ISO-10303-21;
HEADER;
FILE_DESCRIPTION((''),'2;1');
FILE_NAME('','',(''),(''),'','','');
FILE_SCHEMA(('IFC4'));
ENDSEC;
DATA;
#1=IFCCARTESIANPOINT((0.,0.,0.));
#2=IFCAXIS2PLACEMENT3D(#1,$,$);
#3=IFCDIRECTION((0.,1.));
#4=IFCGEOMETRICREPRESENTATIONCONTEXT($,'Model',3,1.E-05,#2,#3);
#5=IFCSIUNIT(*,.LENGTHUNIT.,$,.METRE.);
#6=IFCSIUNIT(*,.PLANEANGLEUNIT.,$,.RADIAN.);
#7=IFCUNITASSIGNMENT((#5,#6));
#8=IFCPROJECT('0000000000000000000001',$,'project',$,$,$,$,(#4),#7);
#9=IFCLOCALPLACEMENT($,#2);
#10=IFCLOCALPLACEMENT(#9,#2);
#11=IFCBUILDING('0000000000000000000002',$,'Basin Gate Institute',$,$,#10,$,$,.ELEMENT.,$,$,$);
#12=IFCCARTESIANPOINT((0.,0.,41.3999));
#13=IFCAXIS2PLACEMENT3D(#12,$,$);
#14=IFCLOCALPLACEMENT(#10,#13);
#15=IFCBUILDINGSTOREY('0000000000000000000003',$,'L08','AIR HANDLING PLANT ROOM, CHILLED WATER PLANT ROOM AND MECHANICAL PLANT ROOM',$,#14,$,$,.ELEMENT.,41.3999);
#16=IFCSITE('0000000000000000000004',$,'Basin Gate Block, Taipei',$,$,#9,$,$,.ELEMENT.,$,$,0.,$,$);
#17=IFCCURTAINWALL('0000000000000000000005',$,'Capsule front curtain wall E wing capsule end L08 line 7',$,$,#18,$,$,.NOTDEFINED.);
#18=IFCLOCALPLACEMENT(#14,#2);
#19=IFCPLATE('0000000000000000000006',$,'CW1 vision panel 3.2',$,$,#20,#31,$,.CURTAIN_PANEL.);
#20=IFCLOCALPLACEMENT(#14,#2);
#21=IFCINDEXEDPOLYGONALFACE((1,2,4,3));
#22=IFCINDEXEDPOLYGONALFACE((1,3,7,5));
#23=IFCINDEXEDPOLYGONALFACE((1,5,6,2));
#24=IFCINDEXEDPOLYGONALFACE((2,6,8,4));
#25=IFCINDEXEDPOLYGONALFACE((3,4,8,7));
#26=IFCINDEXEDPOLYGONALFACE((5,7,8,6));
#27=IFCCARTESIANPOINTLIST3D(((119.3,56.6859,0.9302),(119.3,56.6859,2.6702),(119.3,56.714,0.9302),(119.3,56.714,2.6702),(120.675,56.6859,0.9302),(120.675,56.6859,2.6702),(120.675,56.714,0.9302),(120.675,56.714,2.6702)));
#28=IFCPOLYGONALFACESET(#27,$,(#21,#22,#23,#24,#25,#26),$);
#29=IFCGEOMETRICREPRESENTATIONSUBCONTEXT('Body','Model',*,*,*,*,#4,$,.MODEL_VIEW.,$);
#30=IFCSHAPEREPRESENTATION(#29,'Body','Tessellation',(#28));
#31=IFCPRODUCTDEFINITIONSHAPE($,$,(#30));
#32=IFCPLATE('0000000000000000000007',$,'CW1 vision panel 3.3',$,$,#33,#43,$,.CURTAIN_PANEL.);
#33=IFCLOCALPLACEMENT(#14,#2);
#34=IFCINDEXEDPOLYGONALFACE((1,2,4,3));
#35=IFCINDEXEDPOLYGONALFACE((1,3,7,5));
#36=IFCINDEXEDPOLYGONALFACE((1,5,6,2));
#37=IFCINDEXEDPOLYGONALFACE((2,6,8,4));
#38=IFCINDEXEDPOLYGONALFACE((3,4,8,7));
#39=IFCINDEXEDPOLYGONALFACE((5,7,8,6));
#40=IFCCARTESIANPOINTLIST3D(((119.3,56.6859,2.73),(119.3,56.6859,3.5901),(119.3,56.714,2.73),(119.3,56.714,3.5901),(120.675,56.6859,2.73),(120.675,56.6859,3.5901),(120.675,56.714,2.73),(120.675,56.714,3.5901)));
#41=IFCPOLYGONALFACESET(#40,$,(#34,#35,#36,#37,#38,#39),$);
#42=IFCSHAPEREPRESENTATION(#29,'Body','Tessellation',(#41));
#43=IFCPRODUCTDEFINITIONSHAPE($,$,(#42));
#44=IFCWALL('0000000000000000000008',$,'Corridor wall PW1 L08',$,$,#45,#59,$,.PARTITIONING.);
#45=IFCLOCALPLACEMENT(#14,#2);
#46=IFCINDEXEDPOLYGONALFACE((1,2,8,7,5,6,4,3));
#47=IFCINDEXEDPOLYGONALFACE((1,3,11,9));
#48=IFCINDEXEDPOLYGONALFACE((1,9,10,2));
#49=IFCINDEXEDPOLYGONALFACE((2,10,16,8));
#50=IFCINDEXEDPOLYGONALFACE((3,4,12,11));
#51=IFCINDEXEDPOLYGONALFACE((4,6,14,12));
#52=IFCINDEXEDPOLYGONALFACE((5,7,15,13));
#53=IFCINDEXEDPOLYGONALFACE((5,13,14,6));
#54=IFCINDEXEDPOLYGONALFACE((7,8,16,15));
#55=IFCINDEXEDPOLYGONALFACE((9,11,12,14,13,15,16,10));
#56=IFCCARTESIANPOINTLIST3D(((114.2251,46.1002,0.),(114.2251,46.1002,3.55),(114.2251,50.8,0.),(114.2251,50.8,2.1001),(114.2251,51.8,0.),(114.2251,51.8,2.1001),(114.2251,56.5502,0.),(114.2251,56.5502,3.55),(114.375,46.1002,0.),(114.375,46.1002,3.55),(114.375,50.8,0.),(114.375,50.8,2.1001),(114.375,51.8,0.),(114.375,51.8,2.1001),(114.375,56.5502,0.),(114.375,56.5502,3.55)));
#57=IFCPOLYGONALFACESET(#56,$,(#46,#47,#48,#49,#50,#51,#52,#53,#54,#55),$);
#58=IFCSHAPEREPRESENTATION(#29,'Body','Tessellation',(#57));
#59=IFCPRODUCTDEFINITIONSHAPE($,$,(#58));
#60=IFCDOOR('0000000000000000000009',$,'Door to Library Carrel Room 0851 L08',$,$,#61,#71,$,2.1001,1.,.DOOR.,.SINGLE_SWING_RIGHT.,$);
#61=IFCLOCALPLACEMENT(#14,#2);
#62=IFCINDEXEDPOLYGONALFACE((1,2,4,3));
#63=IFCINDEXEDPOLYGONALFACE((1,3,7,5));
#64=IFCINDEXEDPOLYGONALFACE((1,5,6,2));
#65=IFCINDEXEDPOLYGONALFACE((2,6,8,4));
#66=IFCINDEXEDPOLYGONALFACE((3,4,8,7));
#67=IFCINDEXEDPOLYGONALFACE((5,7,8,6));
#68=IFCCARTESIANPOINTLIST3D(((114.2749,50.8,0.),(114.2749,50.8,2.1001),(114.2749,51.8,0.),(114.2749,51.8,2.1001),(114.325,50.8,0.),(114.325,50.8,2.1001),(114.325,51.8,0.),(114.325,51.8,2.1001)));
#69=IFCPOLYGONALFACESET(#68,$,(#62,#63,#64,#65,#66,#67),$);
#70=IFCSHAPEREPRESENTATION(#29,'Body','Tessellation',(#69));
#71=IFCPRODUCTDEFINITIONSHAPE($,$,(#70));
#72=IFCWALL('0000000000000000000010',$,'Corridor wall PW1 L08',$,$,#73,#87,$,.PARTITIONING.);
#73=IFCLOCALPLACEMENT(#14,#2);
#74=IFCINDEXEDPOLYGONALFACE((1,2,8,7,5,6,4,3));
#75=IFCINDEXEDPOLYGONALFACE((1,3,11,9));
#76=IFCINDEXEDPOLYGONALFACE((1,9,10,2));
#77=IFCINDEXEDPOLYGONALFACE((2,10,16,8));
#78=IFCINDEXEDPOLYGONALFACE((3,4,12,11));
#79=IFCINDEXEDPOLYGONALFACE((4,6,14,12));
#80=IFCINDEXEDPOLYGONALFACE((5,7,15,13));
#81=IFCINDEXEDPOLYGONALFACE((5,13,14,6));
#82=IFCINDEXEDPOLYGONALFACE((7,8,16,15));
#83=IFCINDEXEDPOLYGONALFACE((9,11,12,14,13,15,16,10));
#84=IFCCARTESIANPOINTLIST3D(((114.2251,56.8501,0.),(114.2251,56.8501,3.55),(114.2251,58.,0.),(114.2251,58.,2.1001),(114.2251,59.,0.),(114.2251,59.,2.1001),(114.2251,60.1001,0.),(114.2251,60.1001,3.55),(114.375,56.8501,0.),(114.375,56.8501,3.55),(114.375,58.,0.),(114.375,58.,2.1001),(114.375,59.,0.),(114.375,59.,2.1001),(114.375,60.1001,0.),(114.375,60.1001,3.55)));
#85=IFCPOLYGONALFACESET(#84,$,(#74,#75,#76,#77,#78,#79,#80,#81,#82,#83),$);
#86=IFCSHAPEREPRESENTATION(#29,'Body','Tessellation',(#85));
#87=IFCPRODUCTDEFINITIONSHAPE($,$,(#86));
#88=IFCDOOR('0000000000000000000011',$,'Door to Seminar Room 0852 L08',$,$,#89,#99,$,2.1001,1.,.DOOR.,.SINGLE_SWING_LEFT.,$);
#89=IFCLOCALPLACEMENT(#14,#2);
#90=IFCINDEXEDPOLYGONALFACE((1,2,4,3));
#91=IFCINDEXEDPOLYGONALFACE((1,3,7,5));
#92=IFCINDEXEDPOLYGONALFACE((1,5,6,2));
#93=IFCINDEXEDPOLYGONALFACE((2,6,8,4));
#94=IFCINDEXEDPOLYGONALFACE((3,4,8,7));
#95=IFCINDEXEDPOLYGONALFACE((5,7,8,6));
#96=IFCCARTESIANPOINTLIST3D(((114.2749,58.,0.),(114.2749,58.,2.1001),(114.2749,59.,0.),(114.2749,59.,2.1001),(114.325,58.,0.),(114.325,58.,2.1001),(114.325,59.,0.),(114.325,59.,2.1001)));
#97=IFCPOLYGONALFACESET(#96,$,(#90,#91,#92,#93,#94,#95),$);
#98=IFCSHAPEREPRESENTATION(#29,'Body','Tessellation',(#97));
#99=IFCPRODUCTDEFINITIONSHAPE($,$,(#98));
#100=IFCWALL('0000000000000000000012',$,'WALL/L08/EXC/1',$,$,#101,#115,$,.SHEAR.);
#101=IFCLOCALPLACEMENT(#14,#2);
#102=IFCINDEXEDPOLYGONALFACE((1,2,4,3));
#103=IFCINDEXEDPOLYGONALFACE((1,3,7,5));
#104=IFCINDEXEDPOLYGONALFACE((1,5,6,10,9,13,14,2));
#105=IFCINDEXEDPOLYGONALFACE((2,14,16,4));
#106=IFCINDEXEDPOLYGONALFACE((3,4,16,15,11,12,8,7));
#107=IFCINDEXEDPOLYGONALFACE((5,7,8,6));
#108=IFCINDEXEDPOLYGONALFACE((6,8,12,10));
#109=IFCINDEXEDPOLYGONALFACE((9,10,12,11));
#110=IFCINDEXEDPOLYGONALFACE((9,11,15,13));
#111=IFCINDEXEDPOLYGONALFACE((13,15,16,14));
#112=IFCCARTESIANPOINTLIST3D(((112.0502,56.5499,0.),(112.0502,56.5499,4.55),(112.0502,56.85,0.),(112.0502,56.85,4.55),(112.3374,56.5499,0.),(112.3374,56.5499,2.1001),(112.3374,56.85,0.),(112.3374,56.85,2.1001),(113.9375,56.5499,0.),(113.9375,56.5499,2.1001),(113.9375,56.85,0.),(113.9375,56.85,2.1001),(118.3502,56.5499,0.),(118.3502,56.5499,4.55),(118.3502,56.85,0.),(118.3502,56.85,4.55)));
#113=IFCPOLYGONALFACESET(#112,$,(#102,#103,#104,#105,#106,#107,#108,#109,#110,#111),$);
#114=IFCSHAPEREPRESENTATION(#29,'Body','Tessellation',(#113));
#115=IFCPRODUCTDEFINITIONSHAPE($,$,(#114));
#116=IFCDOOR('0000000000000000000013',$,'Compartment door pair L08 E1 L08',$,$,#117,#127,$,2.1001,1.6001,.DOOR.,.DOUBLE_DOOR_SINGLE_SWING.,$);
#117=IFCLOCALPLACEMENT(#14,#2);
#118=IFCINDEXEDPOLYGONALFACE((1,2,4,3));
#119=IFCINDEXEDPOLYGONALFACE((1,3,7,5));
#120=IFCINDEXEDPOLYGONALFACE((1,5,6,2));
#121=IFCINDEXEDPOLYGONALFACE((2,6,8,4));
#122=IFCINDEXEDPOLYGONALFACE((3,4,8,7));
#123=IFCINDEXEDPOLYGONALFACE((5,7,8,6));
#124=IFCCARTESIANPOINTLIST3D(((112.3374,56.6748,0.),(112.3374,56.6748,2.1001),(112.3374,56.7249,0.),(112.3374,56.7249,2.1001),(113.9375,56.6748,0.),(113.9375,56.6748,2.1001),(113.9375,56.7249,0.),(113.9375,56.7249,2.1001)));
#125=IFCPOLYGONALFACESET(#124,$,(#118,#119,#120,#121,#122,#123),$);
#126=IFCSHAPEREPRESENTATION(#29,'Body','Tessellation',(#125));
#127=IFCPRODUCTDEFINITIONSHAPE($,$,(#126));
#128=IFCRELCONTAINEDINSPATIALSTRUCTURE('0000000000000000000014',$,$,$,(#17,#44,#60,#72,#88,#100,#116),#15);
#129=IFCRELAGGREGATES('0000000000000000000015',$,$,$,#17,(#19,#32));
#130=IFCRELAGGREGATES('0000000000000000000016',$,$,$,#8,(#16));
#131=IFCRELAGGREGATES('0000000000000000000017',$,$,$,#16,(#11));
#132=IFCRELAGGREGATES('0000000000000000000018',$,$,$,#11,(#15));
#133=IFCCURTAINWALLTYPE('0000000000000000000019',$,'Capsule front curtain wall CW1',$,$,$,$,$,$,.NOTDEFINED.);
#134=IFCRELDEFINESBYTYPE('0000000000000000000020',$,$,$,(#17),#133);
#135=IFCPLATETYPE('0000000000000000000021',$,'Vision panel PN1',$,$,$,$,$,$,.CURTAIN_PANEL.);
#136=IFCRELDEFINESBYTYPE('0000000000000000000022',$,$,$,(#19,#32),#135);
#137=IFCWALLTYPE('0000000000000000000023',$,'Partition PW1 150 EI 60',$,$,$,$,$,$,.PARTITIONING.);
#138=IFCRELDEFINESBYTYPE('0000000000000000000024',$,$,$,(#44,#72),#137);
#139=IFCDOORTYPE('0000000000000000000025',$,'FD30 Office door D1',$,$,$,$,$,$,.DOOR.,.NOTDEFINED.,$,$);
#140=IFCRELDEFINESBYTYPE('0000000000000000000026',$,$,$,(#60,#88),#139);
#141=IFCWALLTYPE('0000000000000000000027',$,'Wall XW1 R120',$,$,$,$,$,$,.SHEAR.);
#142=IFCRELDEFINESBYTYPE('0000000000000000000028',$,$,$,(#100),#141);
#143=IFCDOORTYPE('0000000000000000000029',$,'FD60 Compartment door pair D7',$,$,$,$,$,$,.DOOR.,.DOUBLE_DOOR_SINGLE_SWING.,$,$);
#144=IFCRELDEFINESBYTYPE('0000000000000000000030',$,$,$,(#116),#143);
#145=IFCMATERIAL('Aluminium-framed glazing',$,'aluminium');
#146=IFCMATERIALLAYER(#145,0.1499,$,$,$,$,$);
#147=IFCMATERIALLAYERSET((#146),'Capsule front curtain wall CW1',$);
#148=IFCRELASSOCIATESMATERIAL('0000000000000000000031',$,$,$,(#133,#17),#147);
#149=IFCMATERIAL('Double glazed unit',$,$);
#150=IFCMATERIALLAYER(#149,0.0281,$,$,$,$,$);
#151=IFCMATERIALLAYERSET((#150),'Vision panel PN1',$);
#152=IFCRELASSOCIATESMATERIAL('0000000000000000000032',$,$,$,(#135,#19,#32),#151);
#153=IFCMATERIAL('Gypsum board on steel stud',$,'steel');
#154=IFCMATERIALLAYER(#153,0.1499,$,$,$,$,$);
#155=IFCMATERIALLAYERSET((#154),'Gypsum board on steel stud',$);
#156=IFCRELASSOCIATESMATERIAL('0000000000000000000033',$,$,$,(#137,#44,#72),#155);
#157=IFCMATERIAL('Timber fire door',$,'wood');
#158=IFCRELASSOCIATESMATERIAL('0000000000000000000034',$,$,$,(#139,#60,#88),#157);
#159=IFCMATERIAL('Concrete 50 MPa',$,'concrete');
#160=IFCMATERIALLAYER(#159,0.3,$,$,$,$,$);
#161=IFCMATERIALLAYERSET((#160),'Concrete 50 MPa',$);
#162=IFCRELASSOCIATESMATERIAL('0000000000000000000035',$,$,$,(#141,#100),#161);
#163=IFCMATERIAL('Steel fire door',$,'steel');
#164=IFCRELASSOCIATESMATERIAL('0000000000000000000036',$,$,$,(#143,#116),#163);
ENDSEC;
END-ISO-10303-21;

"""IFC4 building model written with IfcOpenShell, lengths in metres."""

from ifc_helpers import new_model, si_unit, direction, frame, frame_2d, origin, origin_2d, place, context, subcontext, project, spatial, rectangle, extrude, material, layer, layer_set, type_object, element, fill, aggregate, save


model = new_model("IFC4")

# Units and contexts
model_context = context("Model", 3, precision=1e-05, world=origin(), true_north=direction((0.0, 1.0)))
body_context = subcontext(model_context, "Body", "Model", "MODEL_VIEW")
ifc_project = project(units=[si_unit("LENGTHUNIT", "METRE"), si_unit("PLANEANGLEUNIT", "RADIAN")], contexts=[model_context])

# Site, building, storey
site_placement = place(None, origin())
site = spatial("IfcSite", under=ifc_project, at=site_placement, Name="Basin Gate Block, Taipei", CompositionType="ELEMENT", RefElevation=0.0)
building_placement = place(site_placement, origin())
building = spatial("IfcBuilding", under=site, at=building_placement, Name="Basin Gate Institute", CompositionType="ELEMENT")
storey_placement = place(building_placement, frame((0.0, 0.0, 41.3999)))
storey = spatial("IfcBuildingStorey", under=building, at=storey_placement, Name="L08", Description="AIR HANDLING PLANT ROOM, CHILLED WATER PLANT ROOM AND MECHANICAL PLANT ROOM", CompositionType="ELEMENT", Elevation=41.3999)

# Shared definitions
ifc_material_1 = material(Name="Aluminium-framed glazing", Category="aluminium")
ifc_layer_1 = layer(ifc_material_1, 0.1499)
ifc_layer_set_1 = layer_set([ifc_layer_1], Name="Capsule front curtain wall CW1")
curtain_wall_type = type_object("IfcCurtainWallType", Name="Capsule front curtain wall CW1", PredefinedType="NOTDEFINED", material=ifc_layer_set_1)

# Curtain wall
curtain_wall_1_placement = place(storey_placement, origin())
curtain_wall_1 = element("IfcCurtainWall", 1, at=curtain_wall_1_placement, inside=storey, type_object=curtain_wall_type, material=ifc_layer_set_1, Name="Capsule front curtain wall E wing capsule end L08 line 7", PredefinedType="NOTDEFINED")

# Plates
ifc_material_2 = material(Name="Double glazed unit")
ifc_layer_2 = layer(ifc_material_2, 0.0281)
ifc_layer_set_2 = layer_set([ifc_layer_2], Name="Vision panel PN1")
plate_type_1 = type_object("IfcPlateType", Name="Vision panel PN1", PredefinedType="CURTAIN_PANEL", material=ifc_layer_set_2)
plate_1_placement = place(storey_placement, frame((119.9875, 56.7, 0.9302), z_axis=(0.0, 0.0, 1.0), x_axis=(-1.0, 0.0, 0.0)))
plate_1 = element("IfcPlate", 2, at=plate_1_placement, type_object=plate_type_1, material=ifc_layer_set_2, Name="CW1 vision panel 3.2", PredefinedType="CURTAIN_PANEL", context=body_context, shape_type="SweptSolid", body=[
    extrude(rectangle(XDim=1.375, YDim=0.0281, at=origin_2d()), origin(), (0.0, 0.0, 1.0), 1.74),
])
plate_2_placement = place(storey_placement, frame((119.9875, 56.7, 2.73), z_axis=(0.0, 0.0, 1.0), x_axis=(-1.0, 0.0, 0.0)))
plate_2 = element("IfcPlate", 3, at=plate_2_placement, type_object=plate_type_1, material=ifc_layer_set_2, Name="CW1 vision panel 3.3", PredefinedType="CURTAIN_PANEL", context=body_context, shape_type="SweptSolid", body=[
    extrude(rectangle(XDim=1.375, YDim=0.0281, at=origin_2d()), origin(), (0.0, 0.0, 1.0), 0.8601),
])
aggregate(curtain_wall_1, [plate_1, plate_2])

# Walls, openings, doors
ifc_material_3 = material(Name="Gypsum board on steel stud", Category="steel")
ifc_layer_3 = layer(ifc_material_3, 0.1499)
ifc_layer_set_3 = layer_set([ifc_layer_3], Name="Gypsum board on steel stud")
wall_type_1 = type_object("IfcWallType", Name="Partition PW1 150 EI 60", PredefinedType="PARTITIONING", material=ifc_layer_set_3)
wall_1_placement = place(storey_placement, frame((114.3, 46.1001, 0.0), z_axis=(0.0, 0.0, 1.0), x_axis=(0.0, 1.0, 0.0)))
wall_1 = element("IfcWall", 4, at=wall_1_placement, inside=storey, type_object=wall_type_1, material=ifc_layer_set_3, Name="Corridor wall PW1 L08", PredefinedType="PARTITIONING", context=body_context, shape_type="SweptSolid", body=[
    extrude(rectangle(XDim=10.45, YDim=0.1499, at=frame_2d((5.2251, 0.0))), origin(), (0.0, 0.0, 1.0), 3.55),
])
opening_1_placement = place(wall_1_placement, frame((4.7, 0.0, 0.0)))
opening_1 = element("IfcOpeningElement", 5, at=opening_1_placement, cuts=wall_1, PredefinedType="OPENING", context=body_context, shape_type="SweptSolid", body=[
    extrude(rectangle(XDim=1.0, YDim=2.1001, at=frame_2d((0.5, 1.05))), frame((0.0, 0.085, 0.0), z_axis=(0.0, -1.0, 0.0), x_axis=(1.0, 0.0, 0.0)), (0.0, 0.0, 1.0), 0.1699),
])
ifc_material_4 = material(Name="Timber fire door", Category="wood")
door_type_1 = type_object("IfcDoorType", Name="FD30 Office door D1", OperationType="NOTDEFINED", PredefinedType="DOOR", material=ifc_material_4)
door_1_placement = place(opening_1_placement, frame((1.0, 0.0, 0.0), z_axis=(0.0, 0.0, 1.0), x_axis=(-1.0, 0.0, 0.0)))
door_1 = element("IfcDoor", 6, at=door_1_placement, inside=storey, type_object=door_type_1, material=ifc_material_4, Name="Door to Library Carrel Room 0851 L08", OperationType="SINGLE_SWING_RIGHT", OverallHeight=2.1001, OverallWidth=1.0, PredefinedType="DOOR", context=body_context, shape_type="SweptSolid", body=[
    extrude(rectangle(XDim=1.0, YDim=2.1001, at=frame_2d((0.5, 1.05))), frame((0.0, 0.0249, 0.0), z_axis=(0.0, -1.0, 0.0), x_axis=(1.0, 0.0, 0.0)), (0.0, 0.0, 1.0), 0.05),
])
fill(opening_1, door_1)
wall_2_placement = place(storey_placement, frame((114.3, 56.8501, 0.0), z_axis=(0.0, 0.0, 1.0), x_axis=(0.0, 1.0, 0.0)))
wall_2 = element("IfcWall", 7, at=wall_2_placement, inside=storey, type_object=wall_type_1, material=ifc_layer_set_3, Name="Corridor wall PW1 L08", PredefinedType="PARTITIONING", context=body_context, shape_type="SweptSolid", body=[
    extrude(rectangle(XDim=3.25, YDim=0.1499, at=frame_2d((1.625, 0.0))), origin(), (0.0, 0.0, 1.0), 3.55),
])
opening_2_placement = place(wall_2_placement, frame((1.1499, 0.0, 0.0)))
opening_2 = element("IfcOpeningElement", 8, at=opening_2_placement, cuts=wall_2, PredefinedType="OPENING", context=body_context, shape_type="SweptSolid", body=[
    extrude(rectangle(XDim=1.0, YDim=2.1001, at=frame_2d((0.5, 1.05))), frame((0.0, 0.085, 0.0), z_axis=(0.0, -1.0, 0.0), x_axis=(1.0, 0.0, 0.0)), (0.0, 0.0, 1.0), 0.1699),
])
door_2_placement = place(opening_2_placement, frame((1.0, 0.0, 0.0), z_axis=(0.0, 0.0, 1.0), x_axis=(-1.0, 0.0, 0.0)))
door_2 = element("IfcDoor", 9, at=door_2_placement, inside=storey, type_object=door_type_1, material=ifc_material_4, Name="Door to Seminar Room 0852 L08", OperationType="SINGLE_SWING_LEFT", OverallHeight=2.1001, OverallWidth=1.0, PredefinedType="DOOR", context=body_context, shape_type="SweptSolid", body=[
    extrude(rectangle(XDim=1.0, YDim=2.1001, at=frame_2d((0.5, 1.05))), frame((0.0, 0.0249, 0.0), z_axis=(0.0, -1.0, 0.0), x_axis=(1.0, 0.0, 0.0)), (0.0, 0.0, 1.0), 0.05),
])
fill(opening_2, door_2)
ifc_material_5 = material(Name="Concrete 50 MPa", Category="concrete")
ifc_layer_4 = layer(ifc_material_5, 0.3)
ifc_layer_set_4 = layer_set([ifc_layer_4], Name="Concrete 50 MPa")
wall_type_2 = type_object("IfcWallType", Name="Wall XW1 R120", PredefinedType="SHEAR", material=ifc_layer_set_4)
wall_3_placement = place(storey_placement, frame((118.3501, 56.7, 0.0), z_axis=(0.0, 0.0, 1.0), x_axis=(-1.0, 0.0, 0.0)))
wall_3 = element("IfcWall", 10, at=wall_3_placement, inside=storey, type_object=wall_type_2, material=ifc_layer_set_4, Name="WALL/L08/EXC/1", PredefinedType="SHEAR", context=body_context, shape_type="SweptSolid", body=[
    extrude(rectangle(XDim=6.3, YDim=0.3, at=frame_2d((3.1499, 0.0))), origin(), (0.0, 0.0, 1.0), 4.55),
])
opening_3_placement = place(wall_3_placement, frame((4.4126, 0.0, 0.0)))
opening_3 = element("IfcOpeningElement", 11, at=opening_3_placement, cuts=wall_3, PredefinedType="OPENING", context=body_context, shape_type="SweptSolid", body=[
    extrude(rectangle(XDim=1.6001, YDim=2.1001, at=frame_2d((0.8, 1.05))), frame((0.0, 0.1602, 0.0), z_axis=(0.0, -1.0, 0.0), x_axis=(1.0, 0.0, 0.0)), (0.0, 0.0, 1.0), 0.3201),
])
ifc_material_6 = material(Name="Steel fire door", Category="steel")
door_type_2 = type_object("IfcDoorType", Name="FD60 Compartment door pair D7", OperationType="DOUBLE_DOOR_SINGLE_SWING", PredefinedType="DOOR", material=ifc_material_6)
door_3_placement = place(opening_3_placement, frame((1.6001, 0.0, 0.0), z_axis=(0.0, 0.0, 1.0), x_axis=(-1.0, 0.0, 0.0)))
door_3 = element("IfcDoor", 12, at=door_3_placement, inside=storey, type_object=door_type_2, material=ifc_material_6, Name="Compartment door pair L08 E1 L08", OperationType="DOUBLE_DOOR_SINGLE_SWING", OverallHeight=2.1001, OverallWidth=1.6001, PredefinedType="DOOR", context=body_context, shape_type="SweptSolid", body=[
    extrude(rectangle(XDim=1.6001, YDim=2.1001, at=frame_2d((0.8, 1.05))), frame((0.0, 0.0249, 0.0), z_axis=(0.0, -1.0, 0.0), x_axis=(1.0, 0.0, 0.0)), (0.0, 0.0, 1.0), 0.05),
])
fill(opening_3, door_3)

save(model, "model.ifc")
